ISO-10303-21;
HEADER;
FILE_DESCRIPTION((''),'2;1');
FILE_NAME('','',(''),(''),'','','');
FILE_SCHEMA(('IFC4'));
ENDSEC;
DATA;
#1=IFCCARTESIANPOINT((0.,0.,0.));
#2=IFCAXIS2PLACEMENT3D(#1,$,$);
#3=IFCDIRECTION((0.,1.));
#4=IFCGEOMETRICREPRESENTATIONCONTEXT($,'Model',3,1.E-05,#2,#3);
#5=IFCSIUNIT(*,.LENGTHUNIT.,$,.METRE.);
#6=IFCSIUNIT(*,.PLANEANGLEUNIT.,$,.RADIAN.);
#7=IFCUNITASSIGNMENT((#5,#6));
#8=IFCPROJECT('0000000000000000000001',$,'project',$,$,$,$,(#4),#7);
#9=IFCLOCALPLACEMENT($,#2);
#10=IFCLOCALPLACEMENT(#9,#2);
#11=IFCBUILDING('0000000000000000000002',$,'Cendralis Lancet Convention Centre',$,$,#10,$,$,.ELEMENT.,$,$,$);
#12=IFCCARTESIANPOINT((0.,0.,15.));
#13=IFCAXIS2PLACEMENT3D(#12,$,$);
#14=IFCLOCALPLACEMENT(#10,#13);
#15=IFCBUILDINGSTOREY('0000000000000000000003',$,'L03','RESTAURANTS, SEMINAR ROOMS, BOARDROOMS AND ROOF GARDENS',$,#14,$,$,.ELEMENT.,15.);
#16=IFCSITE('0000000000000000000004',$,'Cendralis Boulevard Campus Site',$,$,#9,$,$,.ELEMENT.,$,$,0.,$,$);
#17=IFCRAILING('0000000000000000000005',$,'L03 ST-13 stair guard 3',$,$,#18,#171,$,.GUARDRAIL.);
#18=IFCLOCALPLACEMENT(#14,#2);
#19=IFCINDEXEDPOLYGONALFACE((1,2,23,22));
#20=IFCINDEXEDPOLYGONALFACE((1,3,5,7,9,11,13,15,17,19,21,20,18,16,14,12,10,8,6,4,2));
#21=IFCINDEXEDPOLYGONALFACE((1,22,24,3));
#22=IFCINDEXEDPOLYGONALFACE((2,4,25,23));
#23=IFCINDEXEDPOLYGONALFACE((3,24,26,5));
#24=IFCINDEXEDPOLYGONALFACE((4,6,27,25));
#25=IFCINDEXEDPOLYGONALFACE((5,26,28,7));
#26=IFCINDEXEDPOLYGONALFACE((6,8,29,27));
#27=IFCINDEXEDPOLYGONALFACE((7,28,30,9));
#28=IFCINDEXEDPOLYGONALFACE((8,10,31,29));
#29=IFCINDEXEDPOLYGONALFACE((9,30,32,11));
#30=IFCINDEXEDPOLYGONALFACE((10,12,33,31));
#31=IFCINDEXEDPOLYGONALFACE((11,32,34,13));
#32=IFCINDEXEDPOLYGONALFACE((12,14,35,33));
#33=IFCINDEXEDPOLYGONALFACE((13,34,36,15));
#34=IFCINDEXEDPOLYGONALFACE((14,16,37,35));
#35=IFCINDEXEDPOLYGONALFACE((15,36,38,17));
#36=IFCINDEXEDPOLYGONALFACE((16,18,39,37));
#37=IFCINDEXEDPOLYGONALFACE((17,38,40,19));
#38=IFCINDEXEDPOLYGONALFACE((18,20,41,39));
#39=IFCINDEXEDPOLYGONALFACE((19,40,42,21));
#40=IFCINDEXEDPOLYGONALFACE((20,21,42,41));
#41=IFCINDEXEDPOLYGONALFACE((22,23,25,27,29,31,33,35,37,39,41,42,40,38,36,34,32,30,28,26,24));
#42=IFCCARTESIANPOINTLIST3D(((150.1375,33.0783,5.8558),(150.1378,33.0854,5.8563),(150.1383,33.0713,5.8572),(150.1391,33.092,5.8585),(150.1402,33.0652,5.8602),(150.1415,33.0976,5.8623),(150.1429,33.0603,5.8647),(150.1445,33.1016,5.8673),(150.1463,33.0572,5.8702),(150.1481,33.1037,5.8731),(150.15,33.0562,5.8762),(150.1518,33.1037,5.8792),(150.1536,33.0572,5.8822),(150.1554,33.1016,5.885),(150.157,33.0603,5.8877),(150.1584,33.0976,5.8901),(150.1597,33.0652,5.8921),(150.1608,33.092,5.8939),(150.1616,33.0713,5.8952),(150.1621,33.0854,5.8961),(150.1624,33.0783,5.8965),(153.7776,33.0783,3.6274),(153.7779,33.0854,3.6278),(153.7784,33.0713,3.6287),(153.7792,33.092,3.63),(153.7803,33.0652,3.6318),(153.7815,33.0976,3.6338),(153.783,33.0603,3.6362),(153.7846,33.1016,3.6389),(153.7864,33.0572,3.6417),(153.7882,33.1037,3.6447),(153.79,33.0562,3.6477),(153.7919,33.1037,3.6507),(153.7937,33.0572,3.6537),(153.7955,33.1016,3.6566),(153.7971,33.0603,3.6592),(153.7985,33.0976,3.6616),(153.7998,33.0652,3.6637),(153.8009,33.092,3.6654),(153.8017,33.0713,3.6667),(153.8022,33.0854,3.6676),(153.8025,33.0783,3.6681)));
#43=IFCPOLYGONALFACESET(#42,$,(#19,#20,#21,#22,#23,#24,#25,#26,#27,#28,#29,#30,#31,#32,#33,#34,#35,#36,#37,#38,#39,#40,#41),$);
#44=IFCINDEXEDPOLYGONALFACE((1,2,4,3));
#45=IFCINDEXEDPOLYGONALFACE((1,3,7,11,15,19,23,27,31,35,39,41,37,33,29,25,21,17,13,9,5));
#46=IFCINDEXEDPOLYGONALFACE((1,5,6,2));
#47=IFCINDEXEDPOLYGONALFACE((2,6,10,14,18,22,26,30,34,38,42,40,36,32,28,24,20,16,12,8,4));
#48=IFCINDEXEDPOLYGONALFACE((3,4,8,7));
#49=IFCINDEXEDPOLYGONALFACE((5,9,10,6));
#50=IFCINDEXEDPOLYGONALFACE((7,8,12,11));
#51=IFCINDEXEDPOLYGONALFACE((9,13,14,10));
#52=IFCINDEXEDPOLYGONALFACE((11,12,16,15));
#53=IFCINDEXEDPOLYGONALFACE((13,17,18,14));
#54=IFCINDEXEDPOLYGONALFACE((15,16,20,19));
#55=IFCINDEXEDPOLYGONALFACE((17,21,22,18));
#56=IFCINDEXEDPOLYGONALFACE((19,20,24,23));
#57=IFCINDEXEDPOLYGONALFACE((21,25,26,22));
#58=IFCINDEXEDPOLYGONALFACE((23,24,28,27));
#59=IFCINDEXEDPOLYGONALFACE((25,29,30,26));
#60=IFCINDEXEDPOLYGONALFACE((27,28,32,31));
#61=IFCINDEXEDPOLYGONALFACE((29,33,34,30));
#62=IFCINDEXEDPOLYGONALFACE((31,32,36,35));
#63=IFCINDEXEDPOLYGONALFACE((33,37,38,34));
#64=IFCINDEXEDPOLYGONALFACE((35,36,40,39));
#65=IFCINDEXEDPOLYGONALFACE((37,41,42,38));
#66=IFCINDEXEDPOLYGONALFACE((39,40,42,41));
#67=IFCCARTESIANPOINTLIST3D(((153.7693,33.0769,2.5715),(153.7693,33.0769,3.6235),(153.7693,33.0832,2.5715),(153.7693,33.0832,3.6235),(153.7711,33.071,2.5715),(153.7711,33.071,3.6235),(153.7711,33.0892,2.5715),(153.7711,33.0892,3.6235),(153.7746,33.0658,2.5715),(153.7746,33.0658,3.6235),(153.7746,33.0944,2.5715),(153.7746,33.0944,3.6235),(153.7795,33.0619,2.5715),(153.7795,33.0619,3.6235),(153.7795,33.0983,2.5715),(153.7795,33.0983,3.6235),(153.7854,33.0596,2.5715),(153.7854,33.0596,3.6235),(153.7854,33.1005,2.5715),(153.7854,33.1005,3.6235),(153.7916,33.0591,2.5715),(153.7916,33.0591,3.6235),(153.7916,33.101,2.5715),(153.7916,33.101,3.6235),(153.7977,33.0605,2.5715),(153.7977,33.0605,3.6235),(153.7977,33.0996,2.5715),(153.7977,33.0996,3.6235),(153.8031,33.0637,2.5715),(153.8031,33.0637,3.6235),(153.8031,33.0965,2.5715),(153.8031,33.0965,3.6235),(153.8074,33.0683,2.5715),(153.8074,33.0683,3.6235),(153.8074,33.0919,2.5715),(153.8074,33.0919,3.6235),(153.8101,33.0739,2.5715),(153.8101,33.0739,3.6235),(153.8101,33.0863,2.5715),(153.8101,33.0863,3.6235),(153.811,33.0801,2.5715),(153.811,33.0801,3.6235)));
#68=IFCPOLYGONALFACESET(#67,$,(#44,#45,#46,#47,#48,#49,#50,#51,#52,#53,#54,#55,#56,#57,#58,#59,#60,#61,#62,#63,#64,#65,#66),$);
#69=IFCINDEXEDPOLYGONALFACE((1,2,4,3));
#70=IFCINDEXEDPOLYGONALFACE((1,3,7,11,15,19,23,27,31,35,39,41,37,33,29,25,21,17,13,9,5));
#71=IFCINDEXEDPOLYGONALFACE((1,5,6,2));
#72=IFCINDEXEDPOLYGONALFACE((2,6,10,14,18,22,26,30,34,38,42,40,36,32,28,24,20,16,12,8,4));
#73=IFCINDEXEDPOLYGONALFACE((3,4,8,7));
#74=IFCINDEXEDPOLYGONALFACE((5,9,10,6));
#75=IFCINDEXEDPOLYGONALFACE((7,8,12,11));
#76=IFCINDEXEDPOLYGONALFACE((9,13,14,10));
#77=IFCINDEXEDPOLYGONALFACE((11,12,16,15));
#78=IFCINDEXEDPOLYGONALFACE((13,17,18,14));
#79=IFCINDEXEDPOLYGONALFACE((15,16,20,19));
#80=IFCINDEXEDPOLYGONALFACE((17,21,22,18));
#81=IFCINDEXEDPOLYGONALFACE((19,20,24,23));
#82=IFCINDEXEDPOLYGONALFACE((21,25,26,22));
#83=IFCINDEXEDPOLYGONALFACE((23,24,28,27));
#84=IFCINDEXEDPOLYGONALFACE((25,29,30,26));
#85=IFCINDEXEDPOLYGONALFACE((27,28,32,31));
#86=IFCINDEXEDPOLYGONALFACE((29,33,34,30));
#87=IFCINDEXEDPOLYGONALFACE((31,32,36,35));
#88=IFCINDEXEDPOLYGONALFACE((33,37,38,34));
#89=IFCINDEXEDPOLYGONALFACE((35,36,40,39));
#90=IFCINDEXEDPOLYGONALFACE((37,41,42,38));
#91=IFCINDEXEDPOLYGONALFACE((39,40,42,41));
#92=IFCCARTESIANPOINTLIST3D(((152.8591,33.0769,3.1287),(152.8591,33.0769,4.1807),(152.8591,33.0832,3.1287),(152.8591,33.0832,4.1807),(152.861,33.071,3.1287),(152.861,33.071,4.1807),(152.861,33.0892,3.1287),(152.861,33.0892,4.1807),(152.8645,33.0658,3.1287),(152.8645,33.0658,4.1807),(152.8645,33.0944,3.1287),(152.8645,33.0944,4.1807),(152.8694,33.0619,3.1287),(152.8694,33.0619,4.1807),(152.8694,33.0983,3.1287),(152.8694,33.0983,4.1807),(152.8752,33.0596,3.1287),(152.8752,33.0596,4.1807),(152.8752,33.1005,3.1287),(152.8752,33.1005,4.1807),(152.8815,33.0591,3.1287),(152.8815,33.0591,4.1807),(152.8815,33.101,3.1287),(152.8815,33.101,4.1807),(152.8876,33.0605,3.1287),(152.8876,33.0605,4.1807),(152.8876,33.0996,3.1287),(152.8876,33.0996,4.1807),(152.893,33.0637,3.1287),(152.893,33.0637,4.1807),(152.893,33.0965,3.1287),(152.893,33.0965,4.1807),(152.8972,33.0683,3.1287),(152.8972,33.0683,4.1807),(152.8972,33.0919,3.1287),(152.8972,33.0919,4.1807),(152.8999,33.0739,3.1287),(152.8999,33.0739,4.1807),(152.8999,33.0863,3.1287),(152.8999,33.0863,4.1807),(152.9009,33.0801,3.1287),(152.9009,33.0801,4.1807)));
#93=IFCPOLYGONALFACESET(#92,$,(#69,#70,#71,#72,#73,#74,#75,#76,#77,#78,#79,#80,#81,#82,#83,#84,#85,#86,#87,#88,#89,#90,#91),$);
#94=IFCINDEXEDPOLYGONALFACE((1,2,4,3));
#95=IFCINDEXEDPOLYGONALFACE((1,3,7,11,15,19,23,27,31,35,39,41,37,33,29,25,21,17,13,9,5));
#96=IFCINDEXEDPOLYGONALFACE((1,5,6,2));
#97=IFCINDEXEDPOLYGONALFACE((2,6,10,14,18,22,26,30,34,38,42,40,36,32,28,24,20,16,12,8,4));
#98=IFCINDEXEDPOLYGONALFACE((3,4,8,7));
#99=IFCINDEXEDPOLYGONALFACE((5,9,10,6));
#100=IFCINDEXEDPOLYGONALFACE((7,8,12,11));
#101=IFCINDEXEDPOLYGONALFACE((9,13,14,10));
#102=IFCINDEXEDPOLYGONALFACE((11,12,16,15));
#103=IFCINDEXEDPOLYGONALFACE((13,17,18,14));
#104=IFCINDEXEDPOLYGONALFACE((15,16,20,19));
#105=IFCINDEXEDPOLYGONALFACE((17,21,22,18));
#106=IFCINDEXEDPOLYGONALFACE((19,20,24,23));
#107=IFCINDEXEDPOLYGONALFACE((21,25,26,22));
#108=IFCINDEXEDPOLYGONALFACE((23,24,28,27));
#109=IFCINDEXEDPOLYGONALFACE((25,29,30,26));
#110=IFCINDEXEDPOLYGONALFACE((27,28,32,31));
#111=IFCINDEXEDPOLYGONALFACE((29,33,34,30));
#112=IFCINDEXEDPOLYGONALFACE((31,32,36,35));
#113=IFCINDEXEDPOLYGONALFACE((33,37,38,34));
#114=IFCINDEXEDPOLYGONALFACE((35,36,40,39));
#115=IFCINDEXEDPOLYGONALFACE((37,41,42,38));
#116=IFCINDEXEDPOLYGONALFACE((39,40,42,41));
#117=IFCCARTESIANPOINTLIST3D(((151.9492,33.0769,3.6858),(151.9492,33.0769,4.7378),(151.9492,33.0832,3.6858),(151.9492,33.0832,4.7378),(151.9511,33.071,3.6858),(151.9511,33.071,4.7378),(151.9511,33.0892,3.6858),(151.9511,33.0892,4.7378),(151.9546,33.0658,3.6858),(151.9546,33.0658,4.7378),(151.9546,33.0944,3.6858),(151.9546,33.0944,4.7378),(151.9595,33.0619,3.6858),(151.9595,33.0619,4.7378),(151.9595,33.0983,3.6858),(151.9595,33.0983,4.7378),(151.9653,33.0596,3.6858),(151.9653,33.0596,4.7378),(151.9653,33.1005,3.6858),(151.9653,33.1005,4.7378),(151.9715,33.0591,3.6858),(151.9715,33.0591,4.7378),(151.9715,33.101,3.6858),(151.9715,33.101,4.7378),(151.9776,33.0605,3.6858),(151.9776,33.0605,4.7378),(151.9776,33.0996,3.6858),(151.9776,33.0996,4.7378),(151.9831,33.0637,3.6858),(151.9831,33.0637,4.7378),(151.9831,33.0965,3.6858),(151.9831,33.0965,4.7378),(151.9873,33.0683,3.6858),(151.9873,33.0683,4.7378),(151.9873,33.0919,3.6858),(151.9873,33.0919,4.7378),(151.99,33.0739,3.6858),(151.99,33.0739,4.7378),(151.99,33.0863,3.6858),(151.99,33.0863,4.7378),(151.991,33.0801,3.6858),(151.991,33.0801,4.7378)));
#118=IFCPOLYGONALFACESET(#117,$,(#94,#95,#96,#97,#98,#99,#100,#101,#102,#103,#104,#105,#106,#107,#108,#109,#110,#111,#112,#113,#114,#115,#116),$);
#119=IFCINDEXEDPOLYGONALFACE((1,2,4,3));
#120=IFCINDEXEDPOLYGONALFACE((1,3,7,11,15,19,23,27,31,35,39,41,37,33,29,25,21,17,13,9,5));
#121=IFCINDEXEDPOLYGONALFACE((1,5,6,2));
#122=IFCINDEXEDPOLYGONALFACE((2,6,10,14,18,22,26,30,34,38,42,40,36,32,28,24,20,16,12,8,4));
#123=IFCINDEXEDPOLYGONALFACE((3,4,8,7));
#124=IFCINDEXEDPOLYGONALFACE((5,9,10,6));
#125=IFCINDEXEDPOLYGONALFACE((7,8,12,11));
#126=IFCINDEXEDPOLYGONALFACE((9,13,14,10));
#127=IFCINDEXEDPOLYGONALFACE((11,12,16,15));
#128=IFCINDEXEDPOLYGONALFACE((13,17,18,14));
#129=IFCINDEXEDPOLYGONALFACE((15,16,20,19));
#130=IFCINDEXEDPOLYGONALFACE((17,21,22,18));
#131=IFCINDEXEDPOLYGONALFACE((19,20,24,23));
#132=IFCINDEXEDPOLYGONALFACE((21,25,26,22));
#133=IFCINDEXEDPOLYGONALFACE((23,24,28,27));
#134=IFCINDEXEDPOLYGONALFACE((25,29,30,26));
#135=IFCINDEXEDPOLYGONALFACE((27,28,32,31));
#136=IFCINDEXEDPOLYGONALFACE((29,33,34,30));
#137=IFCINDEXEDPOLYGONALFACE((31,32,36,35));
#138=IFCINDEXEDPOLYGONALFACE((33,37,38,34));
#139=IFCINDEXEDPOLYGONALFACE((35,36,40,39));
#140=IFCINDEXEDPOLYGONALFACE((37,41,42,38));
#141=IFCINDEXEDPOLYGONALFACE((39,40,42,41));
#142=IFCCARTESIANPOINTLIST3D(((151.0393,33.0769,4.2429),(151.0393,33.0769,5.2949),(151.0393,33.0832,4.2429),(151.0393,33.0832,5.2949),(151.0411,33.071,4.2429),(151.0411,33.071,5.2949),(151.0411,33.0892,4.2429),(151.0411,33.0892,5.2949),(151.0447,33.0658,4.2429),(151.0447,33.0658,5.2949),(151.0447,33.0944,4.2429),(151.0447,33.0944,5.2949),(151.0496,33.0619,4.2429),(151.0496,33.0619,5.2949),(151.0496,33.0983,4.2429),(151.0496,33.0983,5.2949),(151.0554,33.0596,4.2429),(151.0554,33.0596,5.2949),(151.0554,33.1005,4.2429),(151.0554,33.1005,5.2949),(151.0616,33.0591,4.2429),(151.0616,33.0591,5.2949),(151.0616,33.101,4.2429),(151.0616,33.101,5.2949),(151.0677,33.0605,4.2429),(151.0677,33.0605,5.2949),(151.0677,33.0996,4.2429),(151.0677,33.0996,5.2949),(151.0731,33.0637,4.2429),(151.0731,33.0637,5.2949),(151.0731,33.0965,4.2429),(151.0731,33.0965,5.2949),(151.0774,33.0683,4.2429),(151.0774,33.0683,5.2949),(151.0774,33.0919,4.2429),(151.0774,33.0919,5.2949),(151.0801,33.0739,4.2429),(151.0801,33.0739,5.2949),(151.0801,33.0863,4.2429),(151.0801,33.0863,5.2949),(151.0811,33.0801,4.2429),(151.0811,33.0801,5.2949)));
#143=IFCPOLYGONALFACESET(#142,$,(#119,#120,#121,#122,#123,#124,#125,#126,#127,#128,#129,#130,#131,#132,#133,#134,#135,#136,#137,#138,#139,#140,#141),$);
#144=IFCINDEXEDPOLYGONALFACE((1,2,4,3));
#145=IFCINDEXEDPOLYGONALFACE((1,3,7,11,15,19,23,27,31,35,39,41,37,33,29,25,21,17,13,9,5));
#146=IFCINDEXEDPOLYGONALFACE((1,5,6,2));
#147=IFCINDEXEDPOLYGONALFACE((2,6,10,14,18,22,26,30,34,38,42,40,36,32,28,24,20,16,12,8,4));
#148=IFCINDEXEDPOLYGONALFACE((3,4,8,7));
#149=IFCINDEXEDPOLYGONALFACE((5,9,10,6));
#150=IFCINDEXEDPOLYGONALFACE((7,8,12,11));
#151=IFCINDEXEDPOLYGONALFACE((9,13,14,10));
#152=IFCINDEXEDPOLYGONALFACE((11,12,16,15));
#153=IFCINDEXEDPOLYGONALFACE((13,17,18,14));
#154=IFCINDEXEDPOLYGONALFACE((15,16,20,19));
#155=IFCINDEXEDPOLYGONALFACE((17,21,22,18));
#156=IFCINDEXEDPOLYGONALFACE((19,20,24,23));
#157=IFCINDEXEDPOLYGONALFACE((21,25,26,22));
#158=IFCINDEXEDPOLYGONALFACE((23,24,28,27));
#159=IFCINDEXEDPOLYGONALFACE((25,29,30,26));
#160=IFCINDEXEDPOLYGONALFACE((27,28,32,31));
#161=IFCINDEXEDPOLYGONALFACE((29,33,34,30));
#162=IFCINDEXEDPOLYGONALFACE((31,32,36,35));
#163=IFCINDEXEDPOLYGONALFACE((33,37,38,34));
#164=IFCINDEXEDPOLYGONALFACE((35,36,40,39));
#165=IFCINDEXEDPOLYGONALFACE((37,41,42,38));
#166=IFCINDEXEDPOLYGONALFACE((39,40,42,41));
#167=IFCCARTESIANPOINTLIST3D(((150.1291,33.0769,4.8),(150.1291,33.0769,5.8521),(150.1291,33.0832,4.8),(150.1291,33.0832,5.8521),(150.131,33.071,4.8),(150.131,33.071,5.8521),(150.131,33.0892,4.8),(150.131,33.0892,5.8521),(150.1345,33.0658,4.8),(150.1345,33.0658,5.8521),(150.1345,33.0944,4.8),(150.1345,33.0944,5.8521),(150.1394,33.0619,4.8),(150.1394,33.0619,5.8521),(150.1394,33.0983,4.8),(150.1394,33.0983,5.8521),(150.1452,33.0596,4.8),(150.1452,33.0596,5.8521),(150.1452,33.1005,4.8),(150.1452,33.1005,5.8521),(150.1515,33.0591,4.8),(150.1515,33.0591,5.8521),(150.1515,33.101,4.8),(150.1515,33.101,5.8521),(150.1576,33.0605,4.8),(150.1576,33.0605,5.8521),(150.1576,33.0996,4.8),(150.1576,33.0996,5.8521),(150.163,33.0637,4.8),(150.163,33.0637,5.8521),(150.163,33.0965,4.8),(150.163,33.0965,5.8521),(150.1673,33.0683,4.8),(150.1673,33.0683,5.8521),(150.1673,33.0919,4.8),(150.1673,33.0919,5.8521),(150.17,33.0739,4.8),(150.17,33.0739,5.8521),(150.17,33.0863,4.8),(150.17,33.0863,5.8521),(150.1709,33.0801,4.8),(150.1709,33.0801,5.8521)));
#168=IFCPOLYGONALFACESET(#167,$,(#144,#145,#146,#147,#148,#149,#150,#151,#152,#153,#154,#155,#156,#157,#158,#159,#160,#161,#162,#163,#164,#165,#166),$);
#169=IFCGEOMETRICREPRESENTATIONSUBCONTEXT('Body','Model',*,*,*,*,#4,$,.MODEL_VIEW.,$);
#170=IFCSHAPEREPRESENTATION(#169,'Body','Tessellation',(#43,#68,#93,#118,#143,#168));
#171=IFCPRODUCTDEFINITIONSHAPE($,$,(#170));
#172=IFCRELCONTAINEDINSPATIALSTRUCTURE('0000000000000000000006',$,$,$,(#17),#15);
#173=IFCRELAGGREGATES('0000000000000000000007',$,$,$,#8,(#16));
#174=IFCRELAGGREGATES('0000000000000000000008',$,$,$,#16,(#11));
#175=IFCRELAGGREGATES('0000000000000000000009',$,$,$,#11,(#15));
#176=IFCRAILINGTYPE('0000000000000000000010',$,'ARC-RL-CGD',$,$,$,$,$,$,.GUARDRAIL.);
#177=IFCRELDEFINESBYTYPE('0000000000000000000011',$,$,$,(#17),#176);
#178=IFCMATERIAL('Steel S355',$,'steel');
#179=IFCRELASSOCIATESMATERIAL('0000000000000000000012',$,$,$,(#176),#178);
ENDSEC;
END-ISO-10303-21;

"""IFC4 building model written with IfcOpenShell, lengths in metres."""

from ifc_helpers import new_model, si_unit, direction, frame, origin, origin_2d, place, context, subcontext, project, spatial, circle, extrude, material, type_object, element, save


model = new_model("IFC4")

# Units and contexts
model_context = context("Model", 3, precision=1e-05, world=origin(), true_north=direction((0.0, 1.0)))
body_context = subcontext(model_context, "Body", "Model", "MODEL_VIEW")
ifc_project = project(units=[si_unit("LENGTHUNIT", "METRE"), si_unit("PLANEANGLEUNIT", "RADIAN")], contexts=[model_context])

# Site, building, storey
site_placement = place(None, origin())
site = spatial("IfcSite", under=ifc_project, at=site_placement, Name="Cendralis Boulevard Campus Site", CompositionType="ELEMENT", RefElevation=0.0)
building_placement = place(site_placement, origin())
building = spatial("IfcBuilding", under=site, at=building_placement, Name="Cendralis Lancet Convention Centre", CompositionType="ELEMENT")
storey_placement = place(building_placement, frame((0.0, 0.0, 15.0)))
storey = spatial("IfcBuildingStorey", under=building, at=storey_placement, Name="L03", Description="RESTAURANTS, SEMINAR ROOMS, BOARDROOMS AND ROOF GARDENS", CompositionType="ELEMENT", Elevation=15.0)

# Shared definitions
ifc_material_1 = material(Name="Steel S355", Category="steel")

# Railing
railing_type_1 = type_object("IfcRailingType", Name="ARC-RL-CGD", PredefinedType="GUARDRAIL", material=ifc_material_1)
railing_1_placement = place(storey_placement, frame((153.79, 33.0801, 2.5715)))
element("IfcRailing", 1, at=railing_1_placement, inside=storey, type_object=railing_type_1, Name="L03 ST-13 stair guard 3", PredefinedType="GUARDRAIL", context=body_context, shape_type="SweptSolid", body=[
    extrude(circle(Radius=0.0239, at=origin_2d()), frame((0.0, 0.0, 1.0762), z_axis=(-0.852866, 0.0, 0.52213), x_axis=(0.0, -1.0, 0.0)), (0.0, 0.0, 1.0), 4.2681),
    extrude(circle(Radius=0.021, at=origin_2d()), origin(), (0.0, 0.0, 1.0), 1.052),
    extrude(circle(Radius=0.021, at=origin_2d()), frame((-0.9102, 0.0, 0.5571)), (0.0, 0.0, 1.0), 1.052),
    extrude(circle(Radius=0.021, at=origin_2d()), frame((-1.8201, 0.0, 1.1143)), (0.0, 0.0, 1.0), 1.052),
    extrude(circle(Radius=0.021, at=origin_2d()), frame((-2.73, 0.0, 1.6714)), (0.0, 0.0, 1.0), 1.052),
    extrude(circle(Radius=0.021, at=origin_2d()), frame((-3.6401, 0.0, 2.2285)), (0.0, 0.0, 1.0), 1.052),
])

save(model, "model.ifc")
